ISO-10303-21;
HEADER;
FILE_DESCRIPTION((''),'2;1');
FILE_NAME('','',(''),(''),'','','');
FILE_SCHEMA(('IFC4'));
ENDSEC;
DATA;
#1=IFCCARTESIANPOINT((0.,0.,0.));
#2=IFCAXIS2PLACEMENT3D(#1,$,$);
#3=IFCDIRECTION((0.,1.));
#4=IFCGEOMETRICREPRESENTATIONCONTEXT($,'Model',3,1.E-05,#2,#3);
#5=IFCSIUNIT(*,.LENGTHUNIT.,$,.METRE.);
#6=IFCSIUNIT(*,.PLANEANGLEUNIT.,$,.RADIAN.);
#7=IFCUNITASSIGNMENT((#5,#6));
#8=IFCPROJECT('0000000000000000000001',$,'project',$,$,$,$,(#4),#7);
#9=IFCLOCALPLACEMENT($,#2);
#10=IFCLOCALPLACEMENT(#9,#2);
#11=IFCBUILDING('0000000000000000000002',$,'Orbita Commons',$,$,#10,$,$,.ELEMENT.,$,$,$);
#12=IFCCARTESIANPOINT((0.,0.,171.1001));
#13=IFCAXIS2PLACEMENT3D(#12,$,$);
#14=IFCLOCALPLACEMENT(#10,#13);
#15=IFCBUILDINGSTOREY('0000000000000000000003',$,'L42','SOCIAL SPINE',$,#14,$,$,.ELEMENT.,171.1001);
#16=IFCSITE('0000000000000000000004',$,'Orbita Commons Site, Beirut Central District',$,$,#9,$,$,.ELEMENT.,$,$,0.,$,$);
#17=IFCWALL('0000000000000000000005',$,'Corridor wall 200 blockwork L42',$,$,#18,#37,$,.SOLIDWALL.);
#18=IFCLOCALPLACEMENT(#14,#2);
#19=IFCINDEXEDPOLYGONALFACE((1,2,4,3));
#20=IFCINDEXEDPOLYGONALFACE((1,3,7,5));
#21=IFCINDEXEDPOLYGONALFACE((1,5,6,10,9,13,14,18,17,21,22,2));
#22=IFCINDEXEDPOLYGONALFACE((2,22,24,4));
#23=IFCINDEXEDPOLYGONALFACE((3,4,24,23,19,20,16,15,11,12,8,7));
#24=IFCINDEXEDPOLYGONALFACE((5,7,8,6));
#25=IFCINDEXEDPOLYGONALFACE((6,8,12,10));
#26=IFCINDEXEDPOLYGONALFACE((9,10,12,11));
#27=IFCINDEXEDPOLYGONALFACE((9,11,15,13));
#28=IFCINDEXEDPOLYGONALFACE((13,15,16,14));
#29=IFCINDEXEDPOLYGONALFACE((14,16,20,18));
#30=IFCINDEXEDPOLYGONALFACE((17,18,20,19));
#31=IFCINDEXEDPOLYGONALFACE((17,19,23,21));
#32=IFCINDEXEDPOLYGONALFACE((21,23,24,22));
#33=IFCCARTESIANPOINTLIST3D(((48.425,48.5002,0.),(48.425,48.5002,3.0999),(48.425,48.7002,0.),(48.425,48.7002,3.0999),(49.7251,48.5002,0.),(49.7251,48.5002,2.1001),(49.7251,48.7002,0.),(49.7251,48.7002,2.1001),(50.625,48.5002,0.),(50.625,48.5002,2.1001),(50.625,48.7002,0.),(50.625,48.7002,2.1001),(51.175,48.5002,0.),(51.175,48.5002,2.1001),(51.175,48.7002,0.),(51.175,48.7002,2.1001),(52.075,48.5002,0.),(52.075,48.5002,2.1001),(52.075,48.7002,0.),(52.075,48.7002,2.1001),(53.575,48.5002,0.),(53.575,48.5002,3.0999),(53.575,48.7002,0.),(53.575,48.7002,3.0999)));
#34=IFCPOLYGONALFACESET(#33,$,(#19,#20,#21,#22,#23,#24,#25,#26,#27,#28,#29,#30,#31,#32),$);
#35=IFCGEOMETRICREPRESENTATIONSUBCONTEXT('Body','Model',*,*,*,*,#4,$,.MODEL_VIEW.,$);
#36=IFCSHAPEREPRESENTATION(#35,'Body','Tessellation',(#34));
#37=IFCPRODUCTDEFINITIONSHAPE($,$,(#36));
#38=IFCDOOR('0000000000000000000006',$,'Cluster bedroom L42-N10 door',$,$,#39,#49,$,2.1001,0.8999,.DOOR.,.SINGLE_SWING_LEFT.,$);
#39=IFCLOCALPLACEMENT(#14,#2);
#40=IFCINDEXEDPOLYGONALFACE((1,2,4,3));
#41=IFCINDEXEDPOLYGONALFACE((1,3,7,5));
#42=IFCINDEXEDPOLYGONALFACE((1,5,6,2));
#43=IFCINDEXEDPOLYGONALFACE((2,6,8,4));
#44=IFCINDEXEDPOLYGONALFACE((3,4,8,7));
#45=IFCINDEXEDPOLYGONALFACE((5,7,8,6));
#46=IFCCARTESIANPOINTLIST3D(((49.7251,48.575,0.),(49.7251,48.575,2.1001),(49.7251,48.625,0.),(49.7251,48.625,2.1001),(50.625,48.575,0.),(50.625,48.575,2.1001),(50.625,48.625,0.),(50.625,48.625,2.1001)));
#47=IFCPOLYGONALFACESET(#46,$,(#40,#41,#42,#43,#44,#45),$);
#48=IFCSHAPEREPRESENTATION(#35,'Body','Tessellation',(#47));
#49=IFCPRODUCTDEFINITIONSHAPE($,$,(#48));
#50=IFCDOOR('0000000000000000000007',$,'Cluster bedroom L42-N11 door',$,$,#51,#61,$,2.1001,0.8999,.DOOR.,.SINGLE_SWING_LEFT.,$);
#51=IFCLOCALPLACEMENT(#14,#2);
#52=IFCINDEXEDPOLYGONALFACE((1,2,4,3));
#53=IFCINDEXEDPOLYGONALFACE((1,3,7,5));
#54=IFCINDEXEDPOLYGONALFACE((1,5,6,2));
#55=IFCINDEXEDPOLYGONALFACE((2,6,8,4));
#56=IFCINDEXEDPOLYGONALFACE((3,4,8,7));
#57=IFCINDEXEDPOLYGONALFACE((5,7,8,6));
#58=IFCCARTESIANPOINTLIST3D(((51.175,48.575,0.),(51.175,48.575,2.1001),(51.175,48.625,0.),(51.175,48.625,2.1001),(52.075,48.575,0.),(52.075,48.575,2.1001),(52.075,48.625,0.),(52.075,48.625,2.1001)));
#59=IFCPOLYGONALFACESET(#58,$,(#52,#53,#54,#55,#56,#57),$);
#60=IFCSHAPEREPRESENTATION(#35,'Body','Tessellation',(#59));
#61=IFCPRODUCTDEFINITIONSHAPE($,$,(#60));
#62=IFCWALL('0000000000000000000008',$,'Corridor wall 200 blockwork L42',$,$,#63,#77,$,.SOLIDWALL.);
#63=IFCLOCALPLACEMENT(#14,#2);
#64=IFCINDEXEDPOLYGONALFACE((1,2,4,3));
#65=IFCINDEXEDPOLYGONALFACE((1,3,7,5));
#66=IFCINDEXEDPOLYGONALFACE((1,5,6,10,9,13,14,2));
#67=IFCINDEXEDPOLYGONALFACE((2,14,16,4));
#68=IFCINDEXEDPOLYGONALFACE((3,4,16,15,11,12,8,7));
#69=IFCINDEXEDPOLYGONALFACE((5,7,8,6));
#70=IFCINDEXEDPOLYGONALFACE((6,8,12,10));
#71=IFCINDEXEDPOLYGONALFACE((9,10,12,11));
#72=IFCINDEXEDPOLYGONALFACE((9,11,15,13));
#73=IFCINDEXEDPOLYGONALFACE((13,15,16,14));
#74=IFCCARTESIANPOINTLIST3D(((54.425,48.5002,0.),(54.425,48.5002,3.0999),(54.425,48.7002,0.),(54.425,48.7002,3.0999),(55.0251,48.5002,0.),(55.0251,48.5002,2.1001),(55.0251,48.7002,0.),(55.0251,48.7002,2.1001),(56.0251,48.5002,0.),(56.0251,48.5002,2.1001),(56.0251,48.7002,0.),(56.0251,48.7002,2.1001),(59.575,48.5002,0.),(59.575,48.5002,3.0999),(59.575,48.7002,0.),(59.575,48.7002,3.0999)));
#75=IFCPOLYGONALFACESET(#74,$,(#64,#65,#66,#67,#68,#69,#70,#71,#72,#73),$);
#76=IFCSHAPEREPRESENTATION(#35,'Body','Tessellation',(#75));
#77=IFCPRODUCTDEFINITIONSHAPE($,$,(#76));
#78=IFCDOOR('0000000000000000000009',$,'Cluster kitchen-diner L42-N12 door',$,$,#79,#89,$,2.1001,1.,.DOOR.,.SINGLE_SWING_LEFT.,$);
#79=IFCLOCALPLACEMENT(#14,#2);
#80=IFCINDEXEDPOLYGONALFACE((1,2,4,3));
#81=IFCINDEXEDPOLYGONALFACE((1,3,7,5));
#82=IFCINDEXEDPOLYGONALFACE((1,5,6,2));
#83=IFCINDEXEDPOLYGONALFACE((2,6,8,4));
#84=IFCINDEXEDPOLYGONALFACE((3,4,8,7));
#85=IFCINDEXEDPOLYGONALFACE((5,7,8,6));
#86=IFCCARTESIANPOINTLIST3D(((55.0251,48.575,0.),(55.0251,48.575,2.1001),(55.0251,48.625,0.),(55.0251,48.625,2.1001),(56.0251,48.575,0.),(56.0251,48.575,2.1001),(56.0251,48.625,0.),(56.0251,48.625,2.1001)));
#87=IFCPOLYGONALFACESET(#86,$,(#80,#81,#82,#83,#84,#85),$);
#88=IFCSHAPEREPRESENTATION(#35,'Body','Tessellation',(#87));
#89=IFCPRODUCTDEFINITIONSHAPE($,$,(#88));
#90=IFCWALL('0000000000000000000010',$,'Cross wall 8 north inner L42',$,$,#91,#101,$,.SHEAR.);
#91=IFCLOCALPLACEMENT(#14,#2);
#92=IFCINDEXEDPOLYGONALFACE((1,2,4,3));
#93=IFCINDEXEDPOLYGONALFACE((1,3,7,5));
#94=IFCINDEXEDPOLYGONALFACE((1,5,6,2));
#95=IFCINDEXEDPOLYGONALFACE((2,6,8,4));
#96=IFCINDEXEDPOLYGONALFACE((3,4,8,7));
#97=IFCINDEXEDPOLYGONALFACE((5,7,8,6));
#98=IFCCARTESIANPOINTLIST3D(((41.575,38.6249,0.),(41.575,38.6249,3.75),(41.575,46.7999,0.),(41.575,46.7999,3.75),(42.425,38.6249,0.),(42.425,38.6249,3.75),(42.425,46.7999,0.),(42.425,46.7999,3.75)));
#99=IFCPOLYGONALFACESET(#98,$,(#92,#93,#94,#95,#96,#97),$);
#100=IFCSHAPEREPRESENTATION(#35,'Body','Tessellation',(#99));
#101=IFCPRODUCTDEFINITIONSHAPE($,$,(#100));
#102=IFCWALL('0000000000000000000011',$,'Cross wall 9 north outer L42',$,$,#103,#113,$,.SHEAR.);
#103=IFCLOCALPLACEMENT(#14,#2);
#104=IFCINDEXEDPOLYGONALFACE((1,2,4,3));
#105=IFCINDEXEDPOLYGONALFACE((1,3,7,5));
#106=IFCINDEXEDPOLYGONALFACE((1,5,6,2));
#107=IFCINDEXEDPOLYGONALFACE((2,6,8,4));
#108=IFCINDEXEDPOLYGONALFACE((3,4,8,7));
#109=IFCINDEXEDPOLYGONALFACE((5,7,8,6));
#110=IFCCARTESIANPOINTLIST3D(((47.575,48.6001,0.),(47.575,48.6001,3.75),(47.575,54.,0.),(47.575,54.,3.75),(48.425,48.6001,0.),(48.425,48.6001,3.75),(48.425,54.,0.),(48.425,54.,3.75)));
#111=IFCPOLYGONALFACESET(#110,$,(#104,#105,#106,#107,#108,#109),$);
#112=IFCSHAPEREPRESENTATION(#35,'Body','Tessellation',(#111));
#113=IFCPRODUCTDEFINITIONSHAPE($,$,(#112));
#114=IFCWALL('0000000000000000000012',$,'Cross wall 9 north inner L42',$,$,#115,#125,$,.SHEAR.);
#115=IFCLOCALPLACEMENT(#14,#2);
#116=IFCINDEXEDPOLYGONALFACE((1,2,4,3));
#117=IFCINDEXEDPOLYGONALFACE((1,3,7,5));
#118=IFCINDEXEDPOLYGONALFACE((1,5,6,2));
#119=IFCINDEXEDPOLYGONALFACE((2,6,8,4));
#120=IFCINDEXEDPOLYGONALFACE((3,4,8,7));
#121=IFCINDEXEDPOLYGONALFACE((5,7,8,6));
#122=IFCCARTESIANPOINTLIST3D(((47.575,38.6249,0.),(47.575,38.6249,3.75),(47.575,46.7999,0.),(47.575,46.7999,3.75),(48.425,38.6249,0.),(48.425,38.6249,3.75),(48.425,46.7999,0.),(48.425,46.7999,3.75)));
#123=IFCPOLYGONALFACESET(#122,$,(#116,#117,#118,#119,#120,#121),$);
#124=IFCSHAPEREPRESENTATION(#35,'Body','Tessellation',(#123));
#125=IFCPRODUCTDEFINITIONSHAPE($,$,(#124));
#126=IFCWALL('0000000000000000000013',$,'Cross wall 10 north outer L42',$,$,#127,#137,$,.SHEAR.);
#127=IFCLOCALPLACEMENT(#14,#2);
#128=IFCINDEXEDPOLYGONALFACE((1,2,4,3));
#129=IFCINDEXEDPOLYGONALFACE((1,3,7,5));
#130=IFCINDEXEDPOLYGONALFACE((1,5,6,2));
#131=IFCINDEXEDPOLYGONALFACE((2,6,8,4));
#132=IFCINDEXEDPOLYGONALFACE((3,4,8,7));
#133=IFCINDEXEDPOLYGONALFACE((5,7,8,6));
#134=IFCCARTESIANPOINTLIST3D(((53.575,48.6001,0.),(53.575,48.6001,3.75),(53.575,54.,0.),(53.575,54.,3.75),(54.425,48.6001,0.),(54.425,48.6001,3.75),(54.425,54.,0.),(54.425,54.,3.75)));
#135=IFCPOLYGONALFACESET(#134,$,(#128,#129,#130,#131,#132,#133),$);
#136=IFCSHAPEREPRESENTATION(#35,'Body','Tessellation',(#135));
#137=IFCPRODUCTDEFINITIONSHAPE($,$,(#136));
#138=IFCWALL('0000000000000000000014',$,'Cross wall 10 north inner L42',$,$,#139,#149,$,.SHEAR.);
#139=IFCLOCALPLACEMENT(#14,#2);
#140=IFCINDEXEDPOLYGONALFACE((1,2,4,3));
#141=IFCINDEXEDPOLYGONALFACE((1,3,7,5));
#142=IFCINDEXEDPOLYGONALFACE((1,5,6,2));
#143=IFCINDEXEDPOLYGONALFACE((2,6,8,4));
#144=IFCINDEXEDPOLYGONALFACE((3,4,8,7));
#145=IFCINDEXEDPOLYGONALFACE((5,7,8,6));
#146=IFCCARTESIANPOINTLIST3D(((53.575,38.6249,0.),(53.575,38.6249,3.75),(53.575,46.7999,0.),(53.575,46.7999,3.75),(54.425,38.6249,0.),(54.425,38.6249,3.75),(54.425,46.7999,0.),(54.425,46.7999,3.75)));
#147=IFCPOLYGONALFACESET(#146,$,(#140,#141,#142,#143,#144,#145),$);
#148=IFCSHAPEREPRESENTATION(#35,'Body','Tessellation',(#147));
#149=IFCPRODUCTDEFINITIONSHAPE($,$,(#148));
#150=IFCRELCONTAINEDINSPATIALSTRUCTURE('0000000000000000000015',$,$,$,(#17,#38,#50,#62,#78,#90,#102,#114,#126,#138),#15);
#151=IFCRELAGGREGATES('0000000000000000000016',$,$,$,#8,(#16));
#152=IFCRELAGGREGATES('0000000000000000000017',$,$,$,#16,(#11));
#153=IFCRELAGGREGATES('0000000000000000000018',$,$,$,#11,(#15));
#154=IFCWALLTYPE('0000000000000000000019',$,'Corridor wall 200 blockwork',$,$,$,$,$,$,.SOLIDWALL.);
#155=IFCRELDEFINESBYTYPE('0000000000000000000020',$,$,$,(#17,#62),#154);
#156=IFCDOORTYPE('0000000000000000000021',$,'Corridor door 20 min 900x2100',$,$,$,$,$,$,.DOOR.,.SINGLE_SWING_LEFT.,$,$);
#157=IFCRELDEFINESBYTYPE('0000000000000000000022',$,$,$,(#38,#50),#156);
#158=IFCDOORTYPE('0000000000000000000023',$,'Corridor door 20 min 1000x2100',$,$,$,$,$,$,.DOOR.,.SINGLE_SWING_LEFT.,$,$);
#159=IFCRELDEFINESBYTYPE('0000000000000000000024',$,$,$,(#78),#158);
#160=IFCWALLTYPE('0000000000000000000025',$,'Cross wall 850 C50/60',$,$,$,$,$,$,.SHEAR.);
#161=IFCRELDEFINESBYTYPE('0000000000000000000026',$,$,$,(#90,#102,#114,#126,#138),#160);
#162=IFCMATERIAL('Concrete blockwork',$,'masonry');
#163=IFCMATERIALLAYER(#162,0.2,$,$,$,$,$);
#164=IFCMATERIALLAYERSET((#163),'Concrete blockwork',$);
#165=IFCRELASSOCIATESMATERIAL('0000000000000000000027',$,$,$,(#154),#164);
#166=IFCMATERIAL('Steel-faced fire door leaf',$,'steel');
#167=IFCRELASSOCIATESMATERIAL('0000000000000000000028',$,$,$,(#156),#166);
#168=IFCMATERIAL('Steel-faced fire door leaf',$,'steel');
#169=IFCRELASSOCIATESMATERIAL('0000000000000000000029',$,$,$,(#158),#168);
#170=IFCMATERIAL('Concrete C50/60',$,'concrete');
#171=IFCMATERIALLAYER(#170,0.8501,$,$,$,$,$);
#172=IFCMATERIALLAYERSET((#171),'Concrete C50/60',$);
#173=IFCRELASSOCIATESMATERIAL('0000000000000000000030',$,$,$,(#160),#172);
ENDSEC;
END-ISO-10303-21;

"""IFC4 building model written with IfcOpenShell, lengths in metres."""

from ifc_helpers import new_model, si_unit, direction, frame, frame_2d, origin, place, context, subcontext, project, spatial, polyline, rectangle, outline, extrude, material, layer, layer_set, type_object, element, fill, save


model = new_model("IFC4")

# Units and contexts
model_context = context("Model", 3, precision=1e-05, world=origin(), true_north=direction((0.0, 1.0)))
body_context = subcontext(model_context, "Body", "Model", "MODEL_VIEW")
ifc_project = project(units=[si_unit("LENGTHUNIT", "METRE"), si_unit("PLANEANGLEUNIT", "RADIAN")], contexts=[model_context])

# Site, building, storey
site_placement = place(None, origin())
site = spatial("IfcSite", under=ifc_project, at=site_placement, Name="Orbita Commons Site, Beirut Central District", CompositionType="ELEMENT", RefElevation=0.0)
building_placement = place(site_placement, origin())
building = spatial("IfcBuilding", under=site, at=building_placement, Name="Orbita Commons", CompositionType="ELEMENT")
storey_placement = place(building_placement, frame((0.0, 0.0, 171.1001)))
storey = spatial("IfcBuildingStorey", under=building, at=storey_placement, Name="L42", Description="SOCIAL SPINE", CompositionType="ELEMENT", Elevation=171.1001)

# Shared definitions
ifc_material_1 = material(Name="Concrete blockwork", Category="masonry")
ifc_layer_1 = layer(ifc_material_1, 0.2)
ifc_layer_set_1 = layer_set([ifc_layer_1], Name="Concrete blockwork")
wall_type_1 = type_object("IfcWallType", Name="Corridor wall 200 blockwork", PredefinedType="SOLIDWALL", material=ifc_layer_set_1)
ifc_material_2 = material(Name="Steel-faced fire door leaf", Category="steel")
door_type_1 = type_object("IfcDoorType", Name="Corridor door 20 min 900x2100", OperationType="SINGLE_SWING_LEFT", PredefinedType="DOOR", material=ifc_material_2)

# Wall, openings, doors
wall_1_placement = place(storey_placement, frame((48.425, 48.6001, 0.0), z_axis=(0.0, 0.0, 1.0), x_axis=(1.0, 0.0, 0.0)))
wall_1 = element("IfcWall", 1, at=wall_1_placement, inside=storey, type_object=wall_type_1, Name="Corridor wall 200 blockwork L42", PredefinedType="SOLIDWALL", context=body_context, shape_type="SweptSolid", body=[
    extrude(outline(polyline([(0.0, 0.0), (5.1499, 0.0), (5.1499, 3.0999), (0.0, 3.0999), (0.0, 0.0)])), frame((0.0, 0.1001, 0.0), z_axis=(0.0, -1.0, 0.0), x_axis=(1.0, 0.0, 0.0)), (0.0, 0.0, 1.0), 0.2),
])
opening_1_placement = place(wall_1_placement, frame((1.3, 0.0, 0.0)))
opening_1 = element("IfcOpeningElement", 2, at=opening_1_placement, cuts=wall_1, PredefinedType="OPENING", context=body_context, shape_type="SweptSolid", body=[
    extrude(rectangle(XDim=0.8999, YDim=2.1001, at=frame_2d((0.45, 1.05))), frame((0.0, 0.1099, 0.0), z_axis=(0.0, -1.0, 0.0), x_axis=(1.0, 0.0, 0.0)), (0.0, 0.0, 1.0), 0.22),
])
opening_2_placement = place(wall_1_placement, frame((2.75, 0.0, 0.0)))
opening_2 = element("IfcOpeningElement", 3, at=opening_2_placement, cuts=wall_1, PredefinedType="OPENING", context=body_context, shape_type="SweptSolid", body=[
    extrude(rectangle(XDim=0.8999, YDim=2.1001, at=frame_2d((0.45, 1.05))), frame((0.0, 0.1099, 0.0), z_axis=(0.0, -1.0, 0.0), x_axis=(1.0, 0.0, 0.0)), (0.0, 0.0, 1.0), 0.22),
])
door_1_placement = place(opening_1_placement, origin())
door_1 = element("IfcDoor", 4, at=door_1_placement, inside=storey, type_object=door_type_1, Name="Cluster bedroom L42-N10 door", OperationType="SINGLE_SWING_LEFT", OverallHeight=2.1001, OverallWidth=0.8999, PredefinedType="DOOR", context=body_context, shape_type="SweptSolid", body=[
    extrude(rectangle(XDim=0.8999, YDim=2.1001, at=frame_2d((0.45, 1.05))), frame((0.0, 0.0249, 0.0), z_axis=(0.0, -1.0, 0.0), x_axis=(1.0, 0.0, 0.0)), (0.0, 0.0, 1.0), 0.05),
])
fill(opening_1, door_1)
door_2_placement = place(opening_2_placement, origin())
door_2 = element("IfcDoor", 5, at=door_2_placement, inside=storey, type_object=door_type_1, Name="Cluster bedroom L42-N11 door", OperationType="SINGLE_SWING_LEFT", OverallHeight=2.1001, OverallWidth=0.8999, PredefinedType="DOOR", context=body_context, shape_type="SweptSolid", body=[
    extrude(rectangle(XDim=0.8999, YDim=2.1001, at=frame_2d((0.45, 1.05))), frame((0.0, 0.0249, 0.0), z_axis=(0.0, -1.0, 0.0), x_axis=(1.0, 0.0, 0.0)), (0.0, 0.0, 1.0), 0.05),
])
fill(opening_2, door_2)

# Wall, opening, door
wall_2_placement = place(storey_placement, frame((54.425, 48.6001, 0.0), z_axis=(0.0, 0.0, 1.0), x_axis=(1.0, 0.0, 0.0)))
wall_2 = element("IfcWall", 6, at=wall_2_placement, inside=storey, type_object=wall_type_1, Name="Corridor wall 200 blockwork L42", PredefinedType="SOLIDWALL", context=body_context, shape_type="SweptSolid", body=[
    extrude(outline(polyline([(0.0, 0.0), (5.1499, 0.0), (5.1499, 3.0999), (0.0, 3.0999), (0.0, 0.0)])), frame((0.0, 0.1001, 0.0), z_axis=(0.0, -1.0, 0.0), x_axis=(1.0, 0.0, 0.0)), (0.0, 0.0, 1.0), 0.2),
])
opening_3_placement = place(wall_2_placement, frame((0.6001, 0.0, 0.0)))
opening_3 = element("IfcOpeningElement", 7, at=opening_3_placement, cuts=wall_2, PredefinedType="OPENING", context=body_context, shape_type="SweptSolid", body=[
    extrude(rectangle(XDim=1.0, YDim=2.1001, at=frame_2d((0.5, 1.05))), frame((0.0, 0.1099, 0.0), z_axis=(0.0, -1.0, 0.0), x_axis=(1.0, 0.0, 0.0)), (0.0, 0.0, 1.0), 0.22),
])
ifc_material_3 = material(Name="Steel-faced fire door leaf", Category="steel")
door_type_2 = type_object("IfcDoorType", Name="Corridor door 20 min 1000x2100", OperationType="SINGLE_SWING_LEFT", PredefinedType="DOOR", material=ifc_material_3)
door_3_placement = place(opening_3_placement, origin())
door_3 = element("IfcDoor", 8, at=door_3_placement, inside=storey, type_object=door_type_2, Name="Cluster kitchen-diner L42-N12 door", OperationType="SINGLE_SWING_LEFT", OverallHeight=2.1001, OverallWidth=1.0, PredefinedType="DOOR", context=body_context, shape_type="SweptSolid", body=[
    extrude(rectangle(XDim=1.0, YDim=2.1001, at=frame_2d((0.5, 1.05))), frame((0.0, 0.0249, 0.0), z_axis=(0.0, -1.0, 0.0), x_axis=(1.0, 0.0, 0.0)), (0.0, 0.0, 1.0), 0.05),
])
fill(opening_3, door_3)

# Walls
ifc_material_4 = material(Name="Concrete C50/60", Category="concrete")
ifc_layer_2 = layer(ifc_material_4, 0.8501)
ifc_layer_set_2 = layer_set([ifc_layer_2], Name="Concrete C50/60")
wall_type_2 = type_object("IfcWallType", Name="Cross wall 850 C50/60", PredefinedType="SHEAR", material=ifc_layer_set_2)
wall_3_placement = place(storey_placement, frame((42.0, 38.625, 0.0), z_axis=(0.0, 0.0, 1.0), x_axis=(0.0, 1.0, 0.0)))
element("IfcWall", 9, at=wall_3_placement, inside=storey, type_object=wall_type_2, Name="Cross wall 8 north inner L42", PredefinedType="SHEAR", context=body_context, shape_type="SweptSolid", body=[
    extrude(rectangle(XDim=8.175, YDim=0.8501, at=frame_2d((4.0874, 0.0))), origin(), (0.0, 0.0, 1.0), 3.75),
])
wall_4_placement = place(storey_placement, frame((48.0, 48.6001, 0.0), z_axis=(0.0, 0.0, 1.0), x_axis=(0.0, 1.0, 0.0)))
element("IfcWall", 10, at=wall_4_placement, inside=storey, type_object=wall_type_2, Name="Cross wall 9 north outer L42", PredefinedType="SHEAR", context=body_context, shape_type="SweptSolid", body=[
    extrude(rectangle(XDim=5.3999, YDim=0.8501, at=frame_2d((2.7, 0.0))), origin(), (0.0, 0.0, 1.0), 3.75),
])
wall_5_placement = place(storey_placement, frame((48.0, 38.625, 0.0), z_axis=(0.0, 0.0, 1.0), x_axis=(0.0, 1.0, 0.0)))
element("IfcWall", 11, at=wall_5_placement, inside=storey, type_object=wall_type_2, Name="Cross wall 9 north inner L42", PredefinedType="SHEAR", context=body_context, shape_type="SweptSolid", body=[
    extrude(rectangle(XDim=8.175, YDim=0.8501, at=frame_2d((4.0874, 0.0))), origin(), (0.0, 0.0, 1.0), 3.75),
])
wall_6_placement = place(storey_placement, frame((54.0, 48.6001, 0.0), z_axis=(0.0, 0.0, 1.0), x_axis=(0.0, 1.0, 0.0)))
element("IfcWall", 12, at=wall_6_placement, inside=storey, type_object=wall_type_2, Name="Cross wall 10 north outer L42", PredefinedType="SHEAR", context=body_context, shape_type="SweptSolid", body=[
    extrude(rectangle(XDim=5.3999, YDim=0.8501, at=frame_2d((2.7, 0.0))), origin(), (0.0, 0.0, 1.0), 3.75),
])
wall_7_placement = place(storey_placement, frame((54.0, 38.625, 0.0), z_axis=(0.0, 0.0, 1.0), x_axis=(0.0, 1.0, 0.0)))
element("IfcWall", 13, at=wall_7_placement, inside=storey, type_object=wall_type_2, Name="Cross wall 10 north inner L42", PredefinedType="SHEAR", context=body_context, shape_type="SweptSolid", body=[
    extrude(rectangle(XDim=8.175, YDim=0.8501, at=frame_2d((4.0874, 0.0))), origin(), (0.0, 0.0, 1.0), 3.75),
])

save(model, "model.ifc")
